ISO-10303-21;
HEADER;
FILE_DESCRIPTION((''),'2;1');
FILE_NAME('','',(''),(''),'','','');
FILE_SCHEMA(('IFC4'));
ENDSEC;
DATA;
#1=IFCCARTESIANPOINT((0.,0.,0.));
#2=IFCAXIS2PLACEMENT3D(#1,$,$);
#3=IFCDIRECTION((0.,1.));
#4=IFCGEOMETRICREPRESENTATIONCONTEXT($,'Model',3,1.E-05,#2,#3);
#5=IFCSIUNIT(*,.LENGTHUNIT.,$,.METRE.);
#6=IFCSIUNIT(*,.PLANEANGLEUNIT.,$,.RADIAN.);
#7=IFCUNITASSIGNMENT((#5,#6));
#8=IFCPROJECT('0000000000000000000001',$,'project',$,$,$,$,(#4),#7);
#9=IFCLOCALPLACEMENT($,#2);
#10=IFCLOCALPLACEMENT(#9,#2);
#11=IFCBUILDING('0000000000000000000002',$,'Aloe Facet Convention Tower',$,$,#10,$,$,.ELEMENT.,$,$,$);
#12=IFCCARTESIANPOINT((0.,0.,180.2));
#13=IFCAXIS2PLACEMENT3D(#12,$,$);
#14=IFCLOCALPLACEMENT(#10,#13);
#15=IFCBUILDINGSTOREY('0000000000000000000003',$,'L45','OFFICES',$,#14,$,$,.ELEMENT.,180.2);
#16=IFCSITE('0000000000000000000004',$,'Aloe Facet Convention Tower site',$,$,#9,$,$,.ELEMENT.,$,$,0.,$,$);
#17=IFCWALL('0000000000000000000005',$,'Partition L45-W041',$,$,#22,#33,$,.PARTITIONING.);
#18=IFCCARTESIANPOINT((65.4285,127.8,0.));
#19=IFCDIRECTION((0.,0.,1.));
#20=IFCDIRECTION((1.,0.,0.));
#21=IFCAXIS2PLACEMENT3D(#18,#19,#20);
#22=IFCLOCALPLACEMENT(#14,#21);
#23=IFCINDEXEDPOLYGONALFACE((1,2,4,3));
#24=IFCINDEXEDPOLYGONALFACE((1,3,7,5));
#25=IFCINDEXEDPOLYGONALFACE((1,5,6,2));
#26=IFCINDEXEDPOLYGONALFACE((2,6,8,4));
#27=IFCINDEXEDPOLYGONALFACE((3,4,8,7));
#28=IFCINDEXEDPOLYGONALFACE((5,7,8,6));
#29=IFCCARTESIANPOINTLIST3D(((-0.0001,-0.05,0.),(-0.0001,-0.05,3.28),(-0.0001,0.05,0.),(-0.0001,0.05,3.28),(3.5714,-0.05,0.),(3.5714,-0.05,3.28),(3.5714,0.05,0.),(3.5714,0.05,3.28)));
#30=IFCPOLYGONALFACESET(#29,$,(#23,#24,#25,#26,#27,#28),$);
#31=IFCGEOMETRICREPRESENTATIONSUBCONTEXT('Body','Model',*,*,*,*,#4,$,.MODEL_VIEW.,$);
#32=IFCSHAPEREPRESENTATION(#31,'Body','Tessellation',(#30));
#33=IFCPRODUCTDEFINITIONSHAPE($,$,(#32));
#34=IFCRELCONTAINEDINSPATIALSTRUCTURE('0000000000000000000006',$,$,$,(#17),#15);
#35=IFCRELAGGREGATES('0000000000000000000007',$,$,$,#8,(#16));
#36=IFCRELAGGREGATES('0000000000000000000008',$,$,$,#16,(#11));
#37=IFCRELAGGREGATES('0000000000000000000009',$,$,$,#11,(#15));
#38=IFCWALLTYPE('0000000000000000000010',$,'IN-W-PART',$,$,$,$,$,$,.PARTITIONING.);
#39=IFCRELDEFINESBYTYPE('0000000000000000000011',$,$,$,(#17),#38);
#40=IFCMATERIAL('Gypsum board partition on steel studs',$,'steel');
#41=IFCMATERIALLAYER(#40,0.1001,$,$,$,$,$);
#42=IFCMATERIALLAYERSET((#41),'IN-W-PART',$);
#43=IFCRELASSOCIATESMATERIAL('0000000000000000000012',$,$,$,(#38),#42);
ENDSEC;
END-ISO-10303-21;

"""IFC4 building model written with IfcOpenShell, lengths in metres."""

from ifc_helpers import new_model, si_unit, direction, frame, frame_2d, origin, place, context, subcontext, project, spatial, rectangle, extrude, material, layer, layer_set, type_object, element, save


model = new_model("IFC4")

# Units and contexts
model_context = context("Model", 3, precision=1e-05, world=origin(), true_north=direction((0.0, 1.0)))
body_context = subcontext(model_context, "Body", "Model", "MODEL_VIEW")
ifc_project = project(units=[si_unit("LENGTHUNIT", "METRE"), si_unit("PLANEANGLEUNIT", "RADIAN")], contexts=[model_context])

# Site, building, storey
site_placement = place(None, origin())
site = spatial("IfcSite", under=ifc_project, at=site_placement, Name="Aloe Facet Convention Tower site", CompositionType="ELEMENT", RefElevation=0.0)
building_placement = place(site_placement, origin())
building = spatial("IfcBuilding", under=site, at=building_placement, Name="Aloe Facet Convention Tower", CompositionType="ELEMENT")
storey_placement = place(building_placement, frame((0.0, 0.0, 180.2)))
storey = spatial("IfcBuildingStorey", under=building, at=storey_placement, Name="L45", Description="OFFICES", CompositionType="ELEMENT", Elevation=180.2)

# Wall
ifc_material_1 = material(Name="Gypsum board partition on steel studs", Category="steel")
ifc_layer_1 = layer(ifc_material_1, 0.1001)
ifc_layer_set_1 = layer_set([ifc_layer_1], Name="IN-W-PART")
wall_type_1 = type_object("IfcWallType", Name="IN-W-PART", PredefinedType="PARTITIONING", material=ifc_layer_set_1)
wall_1_placement = place(storey_placement, frame((65.4285, 127.8, 0.0), z_axis=(0.0, 0.0, 1.0), x_axis=(1.0, 0.0, 0.0)))
element("IfcWall", 1, at=wall_1_placement, inside=storey, type_object=wall_type_1, Name="Partition L45-W041", PredefinedType="PARTITIONING", context=body_context, shape_type="SweptSolid", body=[
    extrude(rectangle(XDim=3.5715, YDim=0.1001, at=frame_2d((1.7856, 0.0))), origin(), (0.0, 0.0, 1.0), 3.28),
])

save(model, "model.ifc")
